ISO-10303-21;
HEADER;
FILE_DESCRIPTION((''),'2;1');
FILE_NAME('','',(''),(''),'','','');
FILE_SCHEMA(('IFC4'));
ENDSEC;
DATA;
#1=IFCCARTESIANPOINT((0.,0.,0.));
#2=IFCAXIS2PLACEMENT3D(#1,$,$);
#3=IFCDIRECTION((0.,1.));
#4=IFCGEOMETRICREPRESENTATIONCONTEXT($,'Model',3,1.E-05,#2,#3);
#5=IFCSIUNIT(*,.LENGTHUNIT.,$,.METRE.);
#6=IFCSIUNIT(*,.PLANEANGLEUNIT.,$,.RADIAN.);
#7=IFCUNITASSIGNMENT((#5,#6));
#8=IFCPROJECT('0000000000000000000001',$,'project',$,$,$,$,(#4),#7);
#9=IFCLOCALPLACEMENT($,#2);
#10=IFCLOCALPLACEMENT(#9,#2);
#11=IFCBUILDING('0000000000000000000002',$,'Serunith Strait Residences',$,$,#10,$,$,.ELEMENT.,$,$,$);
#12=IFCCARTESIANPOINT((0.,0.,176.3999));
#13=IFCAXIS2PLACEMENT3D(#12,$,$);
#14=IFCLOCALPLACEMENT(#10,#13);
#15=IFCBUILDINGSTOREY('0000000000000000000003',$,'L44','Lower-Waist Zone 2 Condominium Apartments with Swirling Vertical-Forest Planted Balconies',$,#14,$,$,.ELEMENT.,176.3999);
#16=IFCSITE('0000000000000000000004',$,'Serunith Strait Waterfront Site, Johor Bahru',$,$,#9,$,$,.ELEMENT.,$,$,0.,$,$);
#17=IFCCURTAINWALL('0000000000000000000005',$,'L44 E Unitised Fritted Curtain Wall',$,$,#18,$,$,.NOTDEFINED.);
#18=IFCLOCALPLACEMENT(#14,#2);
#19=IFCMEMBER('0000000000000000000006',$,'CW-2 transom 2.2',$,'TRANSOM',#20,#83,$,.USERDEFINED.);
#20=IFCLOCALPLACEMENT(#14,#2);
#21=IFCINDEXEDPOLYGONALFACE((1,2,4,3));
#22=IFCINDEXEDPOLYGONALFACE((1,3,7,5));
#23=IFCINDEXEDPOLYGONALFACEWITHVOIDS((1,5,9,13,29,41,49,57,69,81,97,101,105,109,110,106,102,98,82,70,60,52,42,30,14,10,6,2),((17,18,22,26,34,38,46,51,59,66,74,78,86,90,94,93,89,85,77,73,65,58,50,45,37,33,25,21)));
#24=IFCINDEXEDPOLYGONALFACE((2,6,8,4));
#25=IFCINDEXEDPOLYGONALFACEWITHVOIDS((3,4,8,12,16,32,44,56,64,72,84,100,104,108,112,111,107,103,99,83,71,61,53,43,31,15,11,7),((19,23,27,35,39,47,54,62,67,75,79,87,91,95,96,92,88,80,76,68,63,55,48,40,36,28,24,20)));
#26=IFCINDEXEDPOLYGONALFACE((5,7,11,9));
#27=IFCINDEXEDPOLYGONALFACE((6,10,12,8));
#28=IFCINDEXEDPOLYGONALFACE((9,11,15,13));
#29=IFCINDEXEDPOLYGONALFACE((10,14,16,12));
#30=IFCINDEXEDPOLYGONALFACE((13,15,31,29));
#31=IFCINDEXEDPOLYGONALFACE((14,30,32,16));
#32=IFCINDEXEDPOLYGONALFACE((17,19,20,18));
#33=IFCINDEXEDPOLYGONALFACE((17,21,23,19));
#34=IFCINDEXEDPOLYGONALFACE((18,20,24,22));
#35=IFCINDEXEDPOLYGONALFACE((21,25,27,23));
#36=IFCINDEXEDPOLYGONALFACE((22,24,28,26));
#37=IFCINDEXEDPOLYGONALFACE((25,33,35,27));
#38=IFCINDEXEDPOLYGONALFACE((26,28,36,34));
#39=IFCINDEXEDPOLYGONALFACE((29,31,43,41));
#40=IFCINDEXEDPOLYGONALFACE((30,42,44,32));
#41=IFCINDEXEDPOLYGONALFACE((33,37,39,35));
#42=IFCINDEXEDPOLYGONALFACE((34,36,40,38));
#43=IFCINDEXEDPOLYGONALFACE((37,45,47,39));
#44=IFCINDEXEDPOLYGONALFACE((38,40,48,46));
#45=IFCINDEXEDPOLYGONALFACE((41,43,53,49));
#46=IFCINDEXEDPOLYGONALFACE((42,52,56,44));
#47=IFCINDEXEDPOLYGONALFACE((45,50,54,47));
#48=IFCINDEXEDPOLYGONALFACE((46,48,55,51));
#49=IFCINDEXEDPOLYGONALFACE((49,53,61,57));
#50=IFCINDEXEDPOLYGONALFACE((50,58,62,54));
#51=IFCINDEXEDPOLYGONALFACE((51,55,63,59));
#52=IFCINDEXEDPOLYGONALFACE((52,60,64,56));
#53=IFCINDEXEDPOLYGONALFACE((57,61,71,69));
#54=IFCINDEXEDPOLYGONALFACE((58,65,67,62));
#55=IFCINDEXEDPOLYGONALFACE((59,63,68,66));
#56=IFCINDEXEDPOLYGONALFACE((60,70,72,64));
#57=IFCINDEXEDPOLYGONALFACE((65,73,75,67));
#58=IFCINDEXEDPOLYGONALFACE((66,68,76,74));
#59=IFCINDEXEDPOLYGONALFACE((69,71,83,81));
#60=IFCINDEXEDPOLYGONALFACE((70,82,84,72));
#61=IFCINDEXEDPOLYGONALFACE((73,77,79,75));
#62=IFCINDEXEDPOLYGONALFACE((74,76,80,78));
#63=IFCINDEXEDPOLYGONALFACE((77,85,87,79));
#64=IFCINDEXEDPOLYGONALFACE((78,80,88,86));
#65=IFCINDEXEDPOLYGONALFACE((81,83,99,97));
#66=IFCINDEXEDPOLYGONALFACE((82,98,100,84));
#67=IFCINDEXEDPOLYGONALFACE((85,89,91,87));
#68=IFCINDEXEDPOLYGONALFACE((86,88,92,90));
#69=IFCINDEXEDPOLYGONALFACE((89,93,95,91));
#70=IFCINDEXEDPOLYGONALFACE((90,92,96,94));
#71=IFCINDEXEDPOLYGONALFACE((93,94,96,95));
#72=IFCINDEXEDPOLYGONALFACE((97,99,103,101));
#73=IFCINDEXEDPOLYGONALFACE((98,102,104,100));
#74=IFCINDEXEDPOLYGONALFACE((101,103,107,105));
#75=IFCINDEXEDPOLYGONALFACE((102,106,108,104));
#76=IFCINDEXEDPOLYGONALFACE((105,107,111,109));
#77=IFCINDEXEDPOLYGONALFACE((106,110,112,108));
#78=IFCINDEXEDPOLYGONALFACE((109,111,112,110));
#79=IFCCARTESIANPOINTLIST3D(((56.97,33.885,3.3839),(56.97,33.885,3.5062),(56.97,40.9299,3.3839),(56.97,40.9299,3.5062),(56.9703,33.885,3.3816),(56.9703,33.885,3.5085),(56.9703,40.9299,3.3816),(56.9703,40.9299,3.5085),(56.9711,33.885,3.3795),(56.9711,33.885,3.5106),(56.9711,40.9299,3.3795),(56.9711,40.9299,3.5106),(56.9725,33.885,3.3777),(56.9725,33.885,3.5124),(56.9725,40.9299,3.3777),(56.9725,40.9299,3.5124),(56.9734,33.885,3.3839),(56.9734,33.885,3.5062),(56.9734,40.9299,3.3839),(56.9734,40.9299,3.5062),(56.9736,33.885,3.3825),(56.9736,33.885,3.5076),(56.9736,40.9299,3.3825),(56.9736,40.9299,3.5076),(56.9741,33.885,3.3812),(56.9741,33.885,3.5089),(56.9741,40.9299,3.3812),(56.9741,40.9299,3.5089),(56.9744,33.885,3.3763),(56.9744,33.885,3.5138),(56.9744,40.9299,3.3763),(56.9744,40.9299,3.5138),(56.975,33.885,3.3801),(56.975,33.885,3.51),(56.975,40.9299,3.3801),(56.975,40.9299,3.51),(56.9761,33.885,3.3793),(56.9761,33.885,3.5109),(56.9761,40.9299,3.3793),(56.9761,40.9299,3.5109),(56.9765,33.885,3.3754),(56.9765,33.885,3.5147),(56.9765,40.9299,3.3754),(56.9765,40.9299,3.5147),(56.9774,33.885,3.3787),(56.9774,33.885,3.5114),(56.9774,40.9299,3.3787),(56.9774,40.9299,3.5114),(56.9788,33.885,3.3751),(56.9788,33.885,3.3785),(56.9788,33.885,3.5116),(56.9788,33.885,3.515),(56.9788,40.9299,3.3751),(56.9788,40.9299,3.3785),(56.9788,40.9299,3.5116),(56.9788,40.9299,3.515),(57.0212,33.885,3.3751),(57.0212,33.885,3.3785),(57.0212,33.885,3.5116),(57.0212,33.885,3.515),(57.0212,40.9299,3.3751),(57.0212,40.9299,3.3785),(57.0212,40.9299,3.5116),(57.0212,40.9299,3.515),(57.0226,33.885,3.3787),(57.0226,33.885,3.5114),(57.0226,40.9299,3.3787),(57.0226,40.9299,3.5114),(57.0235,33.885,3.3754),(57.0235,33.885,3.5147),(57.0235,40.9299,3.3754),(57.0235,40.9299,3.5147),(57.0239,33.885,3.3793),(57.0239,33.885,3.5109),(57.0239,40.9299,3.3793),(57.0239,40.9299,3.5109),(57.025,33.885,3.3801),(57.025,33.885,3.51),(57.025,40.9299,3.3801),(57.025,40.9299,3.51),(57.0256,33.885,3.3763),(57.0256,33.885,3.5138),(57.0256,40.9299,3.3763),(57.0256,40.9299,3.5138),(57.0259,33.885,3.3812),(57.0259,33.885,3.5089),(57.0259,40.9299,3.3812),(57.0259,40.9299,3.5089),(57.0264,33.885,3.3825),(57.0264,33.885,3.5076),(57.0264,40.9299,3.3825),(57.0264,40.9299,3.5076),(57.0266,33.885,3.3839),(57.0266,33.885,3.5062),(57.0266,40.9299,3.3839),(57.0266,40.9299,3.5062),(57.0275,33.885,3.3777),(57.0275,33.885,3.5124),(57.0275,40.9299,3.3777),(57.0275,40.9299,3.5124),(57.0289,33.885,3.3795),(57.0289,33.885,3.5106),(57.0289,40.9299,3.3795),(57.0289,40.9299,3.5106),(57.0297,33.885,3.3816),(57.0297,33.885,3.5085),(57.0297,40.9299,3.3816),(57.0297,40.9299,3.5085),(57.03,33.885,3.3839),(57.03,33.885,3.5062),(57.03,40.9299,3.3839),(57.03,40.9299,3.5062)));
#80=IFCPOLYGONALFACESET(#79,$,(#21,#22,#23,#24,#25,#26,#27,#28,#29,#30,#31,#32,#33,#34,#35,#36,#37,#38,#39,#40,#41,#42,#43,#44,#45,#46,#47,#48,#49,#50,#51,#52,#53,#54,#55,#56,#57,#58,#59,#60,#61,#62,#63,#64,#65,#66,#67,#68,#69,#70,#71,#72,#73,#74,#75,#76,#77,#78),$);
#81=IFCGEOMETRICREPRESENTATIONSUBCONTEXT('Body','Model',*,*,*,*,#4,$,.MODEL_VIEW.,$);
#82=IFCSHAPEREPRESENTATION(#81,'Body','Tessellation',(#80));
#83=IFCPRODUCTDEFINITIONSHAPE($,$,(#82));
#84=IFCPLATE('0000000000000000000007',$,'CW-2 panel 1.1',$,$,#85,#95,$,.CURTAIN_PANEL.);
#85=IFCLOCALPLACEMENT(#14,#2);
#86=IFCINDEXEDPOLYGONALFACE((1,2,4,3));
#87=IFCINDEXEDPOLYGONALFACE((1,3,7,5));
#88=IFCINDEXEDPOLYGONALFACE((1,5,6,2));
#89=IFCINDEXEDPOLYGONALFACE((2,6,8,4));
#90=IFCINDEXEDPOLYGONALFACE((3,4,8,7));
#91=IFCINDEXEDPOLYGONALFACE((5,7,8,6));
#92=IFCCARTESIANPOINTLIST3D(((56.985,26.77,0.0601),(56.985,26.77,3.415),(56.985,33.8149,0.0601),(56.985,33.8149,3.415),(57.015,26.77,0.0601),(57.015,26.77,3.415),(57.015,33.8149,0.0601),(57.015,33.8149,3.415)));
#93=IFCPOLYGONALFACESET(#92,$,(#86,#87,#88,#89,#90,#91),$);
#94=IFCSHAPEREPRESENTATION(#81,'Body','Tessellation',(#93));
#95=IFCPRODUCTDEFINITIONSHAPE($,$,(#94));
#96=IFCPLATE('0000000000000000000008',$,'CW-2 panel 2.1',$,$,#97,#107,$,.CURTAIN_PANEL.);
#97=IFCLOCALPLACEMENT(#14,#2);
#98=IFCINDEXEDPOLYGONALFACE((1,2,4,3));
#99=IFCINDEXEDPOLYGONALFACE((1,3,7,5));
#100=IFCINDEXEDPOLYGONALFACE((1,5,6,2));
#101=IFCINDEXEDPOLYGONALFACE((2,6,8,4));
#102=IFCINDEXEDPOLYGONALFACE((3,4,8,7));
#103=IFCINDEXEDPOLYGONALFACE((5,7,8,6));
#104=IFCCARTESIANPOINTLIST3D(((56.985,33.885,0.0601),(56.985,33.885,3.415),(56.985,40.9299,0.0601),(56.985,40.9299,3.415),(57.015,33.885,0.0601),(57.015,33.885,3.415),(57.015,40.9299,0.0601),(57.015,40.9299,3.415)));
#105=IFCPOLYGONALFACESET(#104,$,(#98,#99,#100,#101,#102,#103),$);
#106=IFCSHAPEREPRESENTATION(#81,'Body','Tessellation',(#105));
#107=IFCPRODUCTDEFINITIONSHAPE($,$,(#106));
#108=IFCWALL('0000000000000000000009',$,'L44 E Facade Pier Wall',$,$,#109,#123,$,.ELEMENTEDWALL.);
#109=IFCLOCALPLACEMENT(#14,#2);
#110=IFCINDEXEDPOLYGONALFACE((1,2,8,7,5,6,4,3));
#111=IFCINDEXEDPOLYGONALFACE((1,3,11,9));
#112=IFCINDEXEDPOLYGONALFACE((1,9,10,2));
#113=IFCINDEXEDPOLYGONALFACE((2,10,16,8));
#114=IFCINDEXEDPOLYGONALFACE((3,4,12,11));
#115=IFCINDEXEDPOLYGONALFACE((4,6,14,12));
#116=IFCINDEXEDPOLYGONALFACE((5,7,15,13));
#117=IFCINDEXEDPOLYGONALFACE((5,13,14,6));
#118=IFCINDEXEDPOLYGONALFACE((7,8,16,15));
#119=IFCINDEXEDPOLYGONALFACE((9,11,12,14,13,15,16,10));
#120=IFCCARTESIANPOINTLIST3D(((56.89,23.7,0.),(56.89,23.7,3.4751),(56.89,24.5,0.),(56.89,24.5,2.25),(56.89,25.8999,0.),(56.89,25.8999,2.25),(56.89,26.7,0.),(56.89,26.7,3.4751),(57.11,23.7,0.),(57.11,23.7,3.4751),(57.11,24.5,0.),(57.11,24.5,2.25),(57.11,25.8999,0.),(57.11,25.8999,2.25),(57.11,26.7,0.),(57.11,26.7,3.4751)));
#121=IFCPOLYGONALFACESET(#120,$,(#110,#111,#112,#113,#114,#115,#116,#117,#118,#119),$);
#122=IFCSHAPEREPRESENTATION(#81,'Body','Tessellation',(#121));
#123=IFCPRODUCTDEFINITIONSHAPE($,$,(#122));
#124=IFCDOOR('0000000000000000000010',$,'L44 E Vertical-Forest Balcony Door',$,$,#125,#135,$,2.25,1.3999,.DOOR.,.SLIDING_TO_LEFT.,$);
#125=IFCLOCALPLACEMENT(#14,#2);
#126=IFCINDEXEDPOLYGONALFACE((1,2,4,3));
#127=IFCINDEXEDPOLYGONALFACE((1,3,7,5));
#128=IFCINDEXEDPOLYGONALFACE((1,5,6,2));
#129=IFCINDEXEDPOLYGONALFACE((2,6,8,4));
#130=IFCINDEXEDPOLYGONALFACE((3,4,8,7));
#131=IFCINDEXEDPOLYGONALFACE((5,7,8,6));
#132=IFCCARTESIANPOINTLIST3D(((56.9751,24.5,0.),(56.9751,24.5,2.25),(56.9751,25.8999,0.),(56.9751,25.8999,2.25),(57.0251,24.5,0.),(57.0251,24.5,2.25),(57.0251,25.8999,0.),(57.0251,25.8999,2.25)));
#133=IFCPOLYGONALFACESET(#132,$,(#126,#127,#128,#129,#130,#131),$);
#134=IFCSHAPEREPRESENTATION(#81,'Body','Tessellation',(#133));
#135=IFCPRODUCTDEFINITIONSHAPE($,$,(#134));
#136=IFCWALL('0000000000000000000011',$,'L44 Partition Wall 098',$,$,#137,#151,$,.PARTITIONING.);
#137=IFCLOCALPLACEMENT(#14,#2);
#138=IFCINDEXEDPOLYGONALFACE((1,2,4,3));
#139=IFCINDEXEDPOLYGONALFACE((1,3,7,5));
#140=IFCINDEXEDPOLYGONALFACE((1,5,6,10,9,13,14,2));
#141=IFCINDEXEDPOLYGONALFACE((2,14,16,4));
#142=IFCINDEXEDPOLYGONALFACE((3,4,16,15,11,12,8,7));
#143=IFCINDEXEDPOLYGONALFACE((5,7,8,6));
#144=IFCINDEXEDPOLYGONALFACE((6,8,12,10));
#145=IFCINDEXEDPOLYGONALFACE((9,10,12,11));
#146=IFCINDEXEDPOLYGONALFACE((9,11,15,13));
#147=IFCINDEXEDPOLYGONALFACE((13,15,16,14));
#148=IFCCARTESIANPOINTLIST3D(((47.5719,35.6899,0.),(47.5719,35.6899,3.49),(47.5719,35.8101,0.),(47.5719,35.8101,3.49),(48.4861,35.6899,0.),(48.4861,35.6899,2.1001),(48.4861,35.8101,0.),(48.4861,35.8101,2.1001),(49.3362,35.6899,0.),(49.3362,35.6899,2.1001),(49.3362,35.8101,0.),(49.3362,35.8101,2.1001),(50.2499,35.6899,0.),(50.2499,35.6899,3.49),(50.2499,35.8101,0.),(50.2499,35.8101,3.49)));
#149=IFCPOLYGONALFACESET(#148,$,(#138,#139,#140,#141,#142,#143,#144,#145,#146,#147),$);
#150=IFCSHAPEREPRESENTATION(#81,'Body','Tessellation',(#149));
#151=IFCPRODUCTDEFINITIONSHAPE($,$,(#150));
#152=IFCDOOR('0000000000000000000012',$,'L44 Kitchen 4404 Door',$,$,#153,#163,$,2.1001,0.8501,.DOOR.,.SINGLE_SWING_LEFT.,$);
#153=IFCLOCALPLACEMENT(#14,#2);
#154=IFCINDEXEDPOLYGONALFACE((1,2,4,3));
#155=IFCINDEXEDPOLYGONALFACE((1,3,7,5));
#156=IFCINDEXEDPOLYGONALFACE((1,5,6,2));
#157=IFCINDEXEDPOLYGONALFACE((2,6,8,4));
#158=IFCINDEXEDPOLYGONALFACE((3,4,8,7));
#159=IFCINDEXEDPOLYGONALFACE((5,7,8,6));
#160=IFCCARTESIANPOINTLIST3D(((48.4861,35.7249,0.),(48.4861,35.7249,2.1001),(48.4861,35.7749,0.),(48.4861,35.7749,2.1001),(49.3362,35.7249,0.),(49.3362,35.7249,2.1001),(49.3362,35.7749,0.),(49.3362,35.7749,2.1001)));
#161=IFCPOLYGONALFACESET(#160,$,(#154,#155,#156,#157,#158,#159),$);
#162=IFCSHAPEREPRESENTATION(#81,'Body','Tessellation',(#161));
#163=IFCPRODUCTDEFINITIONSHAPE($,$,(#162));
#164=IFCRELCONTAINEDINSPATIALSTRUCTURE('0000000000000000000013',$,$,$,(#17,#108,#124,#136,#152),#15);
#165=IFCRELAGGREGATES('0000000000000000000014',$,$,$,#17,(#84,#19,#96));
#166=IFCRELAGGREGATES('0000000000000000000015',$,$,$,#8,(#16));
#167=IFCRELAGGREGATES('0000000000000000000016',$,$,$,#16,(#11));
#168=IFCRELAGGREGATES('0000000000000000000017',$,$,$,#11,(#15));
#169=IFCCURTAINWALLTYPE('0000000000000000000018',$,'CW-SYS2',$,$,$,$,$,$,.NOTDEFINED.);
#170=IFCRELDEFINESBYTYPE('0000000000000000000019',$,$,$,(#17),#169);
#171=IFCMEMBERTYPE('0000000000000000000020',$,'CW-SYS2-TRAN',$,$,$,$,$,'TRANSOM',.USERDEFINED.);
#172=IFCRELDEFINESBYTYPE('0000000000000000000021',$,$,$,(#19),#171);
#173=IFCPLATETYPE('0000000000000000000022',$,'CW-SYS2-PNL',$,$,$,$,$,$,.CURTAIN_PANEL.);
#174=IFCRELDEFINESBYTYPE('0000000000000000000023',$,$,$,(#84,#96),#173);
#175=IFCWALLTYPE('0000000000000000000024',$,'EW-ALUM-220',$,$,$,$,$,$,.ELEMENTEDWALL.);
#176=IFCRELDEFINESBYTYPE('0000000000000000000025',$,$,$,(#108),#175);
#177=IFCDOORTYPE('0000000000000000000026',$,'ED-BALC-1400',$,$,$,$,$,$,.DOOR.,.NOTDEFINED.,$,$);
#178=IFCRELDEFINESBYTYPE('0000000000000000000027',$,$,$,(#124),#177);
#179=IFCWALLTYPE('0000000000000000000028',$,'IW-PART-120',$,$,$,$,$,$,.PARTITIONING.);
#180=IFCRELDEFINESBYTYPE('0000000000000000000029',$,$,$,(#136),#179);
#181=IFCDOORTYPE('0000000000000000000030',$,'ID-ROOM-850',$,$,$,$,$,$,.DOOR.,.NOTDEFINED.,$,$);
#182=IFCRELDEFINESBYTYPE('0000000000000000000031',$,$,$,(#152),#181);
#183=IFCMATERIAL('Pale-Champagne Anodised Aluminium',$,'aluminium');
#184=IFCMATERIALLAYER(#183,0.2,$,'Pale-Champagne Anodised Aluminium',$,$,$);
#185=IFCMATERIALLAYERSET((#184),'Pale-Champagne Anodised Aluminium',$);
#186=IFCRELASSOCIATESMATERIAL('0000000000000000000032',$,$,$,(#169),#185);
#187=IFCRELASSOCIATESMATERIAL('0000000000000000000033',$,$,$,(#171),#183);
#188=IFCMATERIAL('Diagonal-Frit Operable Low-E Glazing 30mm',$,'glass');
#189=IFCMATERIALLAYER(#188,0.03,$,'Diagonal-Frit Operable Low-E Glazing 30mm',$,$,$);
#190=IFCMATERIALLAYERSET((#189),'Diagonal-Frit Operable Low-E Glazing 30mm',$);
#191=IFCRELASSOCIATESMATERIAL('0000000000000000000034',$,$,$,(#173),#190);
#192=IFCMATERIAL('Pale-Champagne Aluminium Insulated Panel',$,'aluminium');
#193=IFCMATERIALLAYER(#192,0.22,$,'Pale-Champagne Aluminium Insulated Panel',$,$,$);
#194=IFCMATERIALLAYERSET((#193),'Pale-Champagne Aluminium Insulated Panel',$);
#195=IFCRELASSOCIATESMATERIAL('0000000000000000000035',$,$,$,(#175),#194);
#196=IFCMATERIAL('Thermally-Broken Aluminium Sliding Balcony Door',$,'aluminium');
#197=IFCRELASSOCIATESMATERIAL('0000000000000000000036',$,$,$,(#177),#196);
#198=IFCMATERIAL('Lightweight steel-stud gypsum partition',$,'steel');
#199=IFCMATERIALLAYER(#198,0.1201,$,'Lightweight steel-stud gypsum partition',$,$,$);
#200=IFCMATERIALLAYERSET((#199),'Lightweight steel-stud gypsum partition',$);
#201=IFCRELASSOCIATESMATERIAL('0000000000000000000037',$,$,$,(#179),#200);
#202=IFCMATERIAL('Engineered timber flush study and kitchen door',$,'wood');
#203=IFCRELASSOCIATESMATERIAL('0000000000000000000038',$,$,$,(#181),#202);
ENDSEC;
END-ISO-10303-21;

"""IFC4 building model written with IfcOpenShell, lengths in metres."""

from ifc_helpers import new_model, si_unit, direction, frame, frame_2d, origin, origin_2d, place, context, subcontext, project, spatial, rectangle, hollow_rectangle, extrude, source, transform, mapped, material, layer, layer_set, material_profile, profile_set, type_object, element, fill, aggregate, save


model = new_model("IFC4")

# Units and contexts
model_context = context("Model", 3, precision=1e-05, world=origin(), true_north=direction((0.0, 1.0)))
body_context = subcontext(model_context, "Body", "Model", "MODEL_VIEW")
ifc_project = project(units=[si_unit("LENGTHUNIT", "METRE"), si_unit("PLANEANGLEUNIT", "RADIAN")], contexts=[model_context])

# Site, building, storey
site_placement = place(None, origin())
site = spatial("IfcSite", under=ifc_project, at=site_placement, Name="Serunith Strait Waterfront Site, Johor Bahru", CompositionType="ELEMENT", RefElevation=0.0)
building_placement = place(site_placement, origin())
building = spatial("IfcBuilding", under=site, at=building_placement, Name="Serunith Strait Residences", CompositionType="ELEMENT")
storey_placement = place(building_placement, frame((0.0, 0.0, 176.3999)))
storey = spatial("IfcBuildingStorey", under=building, at=storey_placement, Name="L44", Description="Lower-Waist Zone 2 Condominium Apartments with Swirling Vertical-Forest Planted Balconies", CompositionType="ELEMENT", Elevation=176.3999)

# Shared definitions
ifc_material_1 = material(Name="Pale-Champagne Anodised Aluminium", Category="aluminium")
ifc_layer_1 = layer(ifc_material_1, 0.2, Name="Pale-Champagne Anodised Aluminium")
ifc_layer_set_1 = layer_set([ifc_layer_1], Name="Pale-Champagne Anodised Aluminium")
curtain_wall_type = type_object("IfcCurtainWallType", Name="CW-SYS2", PredefinedType="NOTDEFINED", material=ifc_layer_set_1)

# Curtain wall, member, plates
curtain_wall_1_placement = place(storey_placement, origin())
curtain_wall_1 = element("IfcCurtainWall", 1, at=curtain_wall_1_placement, inside=storey, type_object=curtain_wall_type, Name="L44 E Unitised Fritted Curtain Wall", PredefinedType="NOTDEFINED")
ifc_material_profile_1 = material_profile(ifc_material_1, hollow_rectangle(XDim=0.0601, YDim=0.1399, WallThickness=0.0034, InnerFilletRadius=0.0054, OuterFilletRadius=0.0088, at=origin_2d()), Name="ALU 140x60x3.5")
ifc_profile_set_1 = profile_set([ifc_material_profile_1], Name="Pale-Champagne Anodised Aluminium")
member_type_1 = type_object("IfcMemberType", Name="CW-SYS2-TRAN", ElementType="TRANSOM", PredefinedType="USERDEFINED", material=ifc_profile_set_1)
shared_shape_1 = source(origin(), body_context, "Body", "SweptSolid", [
    extrude(hollow_rectangle(XDim=0.0601, YDim=0.1399, WallThickness=0.0034, InnerFilletRadius=0.0054, OuterFilletRadius=0.0088, at=origin_2d()), origin(), (0.0, 0.0, 1.0), 7.0449),
])
member_1_placement = place(storey_placement, frame((57.0, 33.885, 3.4451), z_axis=(0.0, 1.0, 0.0), x_axis=(-1.0, 0.0, 0.0)))
member_1 = element("IfcMember", 2, at=member_1_placement, type_object=member_type_1, Name="CW-2 transom 2.2", ObjectType="TRANSOM", PredefinedType="USERDEFINED", context=body_context, shape_type="MappedRepresentation", body=[
    mapped(shared_shape_1, transform((0.0, 0.0, 0.0), scale=1.0)),
])
ifc_material_2 = material(Name="Diagonal-Frit Operable Low-E Glazing 30mm", Category="glass")
ifc_layer_2 = layer(ifc_material_2, 0.03, Name="Diagonal-Frit Operable Low-E Glazing 30mm")
ifc_layer_set_2 = layer_set([ifc_layer_2], Name="Diagonal-Frit Operable Low-E Glazing 30mm")
plate_type = type_object("IfcPlateType", Name="CW-SYS2-PNL", PredefinedType="CURTAIN_PANEL", material=ifc_layer_set_2)
shared_shape_2 = source(origin(), body_context, "Body", "SweptSolid", [
    extrude(rectangle(XDim=7.0449, YDim=0.03, at=origin_2d()), origin(), (0.0, 0.0, 1.0), 3.355),
])
plate_1_placement = place(storey_placement, frame((57.0, 30.2925, 0.0601), z_axis=(0.0, 0.0, 1.0), x_axis=(0.0, 1.0, 0.0)))
plate_1 = element("IfcPlate", 3, at=plate_1_placement, type_object=plate_type, Name="CW-2 panel 1.1", PredefinedType="CURTAIN_PANEL", context=body_context, shape_type="MappedRepresentation", body=[
    mapped(shared_shape_2, transform((0.0, 0.0, 0.0), scale=1.0)),
])
plate_2_placement = place(storey_placement, frame((57.0, 37.4075, 0.0601), z_axis=(0.0, 0.0, 1.0), x_axis=(0.0, 1.0, 0.0)))
plate_2 = element("IfcPlate", 4, at=plate_2_placement, type_object=plate_type, Name="CW-2 panel 2.1", PredefinedType="CURTAIN_PANEL", context=body_context, shape_type="MappedRepresentation", body=[
    mapped(shared_shape_2, transform((0.0, 0.0, 0.0), scale=1.0)),
])
aggregate(curtain_wall_1, [plate_1, member_1, plate_2])

# Walls, openings, doors
ifc_material_3 = material(Name="Pale-Champagne Aluminium Insulated Panel", Category="aluminium")
ifc_layer_3 = layer(ifc_material_3, 0.22, Name="Pale-Champagne Aluminium Insulated Panel")
ifc_layer_set_3 = layer_set([ifc_layer_3], Name="Pale-Champagne Aluminium Insulated Panel")
wall_type_1 = type_object("IfcWallType", Name="EW-ALUM-220", PredefinedType="ELEMENTEDWALL", material=ifc_layer_set_3)
wall_1_placement = place(storey_placement, frame((57.0, 23.7, 0.0), z_axis=(0.0, 0.0, 1.0), x_axis=(0.0, 1.0, 0.0)))
wall_1 = element("IfcWall", 5, at=wall_1_placement, inside=storey, type_object=wall_type_1, Name="L44 E Facade Pier Wall", PredefinedType="ELEMENTEDWALL", context=body_context, shape_type="SweptSolid", body=[
    extrude(rectangle(XDim=3.0, YDim=0.22, at=frame_2d((1.5, 0.0))), origin(), (0.0, 0.0, 1.0), 3.4751),
])
opening_1_placement = place(wall_1_placement, frame((0.8, 0.0, 0.0)))
opening_1 = element("IfcOpeningElement", 6, at=opening_1_placement, cuts=wall_1, PredefinedType="OPENING", context=body_context, shape_type="SweptSolid", body=[
    extrude(rectangle(XDim=1.3999, YDim=2.25, at=frame_2d((0.7, 1.125))), frame((0.0, 0.1201, 0.0), z_axis=(0.0, -1.0, 0.0), x_axis=(1.0, 0.0, 0.0)), (0.0, 0.0, 1.0), 0.24),
])
ifc_material_4 = material(Name="Thermally-Broken Aluminium Sliding Balcony Door", Category="aluminium")
door_type_1 = type_object("IfcDoorType", Name="ED-BALC-1400", OperationType="NOTDEFINED", PredefinedType="DOOR", material=ifc_material_4)
shared_shape_3 = source(origin(), body_context, "Body", "SweptSolid", [
    extrude(rectangle(XDim=1.3999, YDim=2.25, at=frame_2d((0.7, 1.125))), frame((0.0, 0.0249, 0.0), z_axis=(0.0, -1.0, 0.0), x_axis=(1.0, 0.0, 0.0)), (0.0, 0.0, 1.0), 0.05),
])
door_1_placement = place(opening_1_placement, origin())
door_1 = element("IfcDoor", 7, at=door_1_placement, inside=storey, type_object=door_type_1, Name="L44 E Vertical-Forest Balcony Door", OperationType="SLIDING_TO_LEFT", OverallHeight=2.25, OverallWidth=1.3999, PredefinedType="DOOR", context=body_context, shape_type="MappedRepresentation", body=[
    mapped(shared_shape_3, transform((0.0, 0.0, 0.0), scale=1.0)),
])
fill(opening_1, door_1)
ifc_material_5 = material(Name="Lightweight steel-stud gypsum partition", Category="steel")
ifc_layer_4 = layer(ifc_material_5, 0.1201, Name="Lightweight steel-stud gypsum partition")
ifc_layer_set_4 = layer_set([ifc_layer_4], Name="Lightweight steel-stud gypsum partition")
wall_type_2 = type_object("IfcWallType", Name="IW-PART-120", PredefinedType="PARTITIONING", material=ifc_layer_set_4)
wall_2_placement = place(storey_placement, frame((47.572, 35.75, 0.0), z_axis=(0.0, 0.0, 1.0), x_axis=(1.0, 0.0, 0.0)))
wall_2 = element("IfcWall", 8, at=wall_2_placement, inside=storey, type_object=wall_type_2, Name="L44 Partition Wall 098", PredefinedType="PARTITIONING", context=body_context, shape_type="SweptSolid", body=[
    extrude(rectangle(XDim=2.678, YDim=0.1201, at=frame_2d((1.3389, 0.0))), origin(), (0.0, 0.0, 1.0), 3.49),
])
opening_2_placement = place(wall_2_placement, frame((0.9141, 0.0, 0.0)))
opening_2 = element("IfcOpeningElement", 9, at=opening_2_placement, cuts=wall_2, PredefinedType="OPENING", context=body_context, shape_type="SweptSolid", body=[
    extrude(rectangle(XDim=0.8501, YDim=2.1001, at=frame_2d((0.425, 1.05))), frame((0.0, 0.0701, 0.0), z_axis=(0.0, -1.0, 0.0), x_axis=(1.0, 0.0, 0.0)), (0.0, 0.0, 1.0), 0.1401),
])
ifc_material_6 = material(Name="Engineered timber flush study and kitchen door", Category="wood")
door_type_2 = type_object("IfcDoorType", Name="ID-ROOM-850", OperationType="NOTDEFINED", PredefinedType="DOOR", material=ifc_material_6)
shared_shape_4 = source(origin(), body_context, "Body", "SweptSolid", [
    extrude(rectangle(XDim=0.8501, YDim=2.1001, at=frame_2d((0.425, 1.05))), frame((0.0, 0.0249, 0.0), z_axis=(0.0, -1.0, 0.0), x_axis=(1.0, 0.0, 0.0)), (0.0, 0.0, 1.0), 0.05),
])
door_2_placement = place(opening_2_placement, origin())
door_2 = element("IfcDoor", 10, at=door_2_placement, inside=storey, type_object=door_type_2, Name="L44 Kitchen 4404 Door", OperationType="SINGLE_SWING_LEFT", OverallHeight=2.1001, OverallWidth=0.8501, PredefinedType="DOOR", context=body_context, shape_type="MappedRepresentation", body=[
    mapped(shared_shape_4, transform((0.0, 0.0, 0.0), scale=1.0)),
])
fill(opening_2, door_2)

save(model, "model.ifc")
